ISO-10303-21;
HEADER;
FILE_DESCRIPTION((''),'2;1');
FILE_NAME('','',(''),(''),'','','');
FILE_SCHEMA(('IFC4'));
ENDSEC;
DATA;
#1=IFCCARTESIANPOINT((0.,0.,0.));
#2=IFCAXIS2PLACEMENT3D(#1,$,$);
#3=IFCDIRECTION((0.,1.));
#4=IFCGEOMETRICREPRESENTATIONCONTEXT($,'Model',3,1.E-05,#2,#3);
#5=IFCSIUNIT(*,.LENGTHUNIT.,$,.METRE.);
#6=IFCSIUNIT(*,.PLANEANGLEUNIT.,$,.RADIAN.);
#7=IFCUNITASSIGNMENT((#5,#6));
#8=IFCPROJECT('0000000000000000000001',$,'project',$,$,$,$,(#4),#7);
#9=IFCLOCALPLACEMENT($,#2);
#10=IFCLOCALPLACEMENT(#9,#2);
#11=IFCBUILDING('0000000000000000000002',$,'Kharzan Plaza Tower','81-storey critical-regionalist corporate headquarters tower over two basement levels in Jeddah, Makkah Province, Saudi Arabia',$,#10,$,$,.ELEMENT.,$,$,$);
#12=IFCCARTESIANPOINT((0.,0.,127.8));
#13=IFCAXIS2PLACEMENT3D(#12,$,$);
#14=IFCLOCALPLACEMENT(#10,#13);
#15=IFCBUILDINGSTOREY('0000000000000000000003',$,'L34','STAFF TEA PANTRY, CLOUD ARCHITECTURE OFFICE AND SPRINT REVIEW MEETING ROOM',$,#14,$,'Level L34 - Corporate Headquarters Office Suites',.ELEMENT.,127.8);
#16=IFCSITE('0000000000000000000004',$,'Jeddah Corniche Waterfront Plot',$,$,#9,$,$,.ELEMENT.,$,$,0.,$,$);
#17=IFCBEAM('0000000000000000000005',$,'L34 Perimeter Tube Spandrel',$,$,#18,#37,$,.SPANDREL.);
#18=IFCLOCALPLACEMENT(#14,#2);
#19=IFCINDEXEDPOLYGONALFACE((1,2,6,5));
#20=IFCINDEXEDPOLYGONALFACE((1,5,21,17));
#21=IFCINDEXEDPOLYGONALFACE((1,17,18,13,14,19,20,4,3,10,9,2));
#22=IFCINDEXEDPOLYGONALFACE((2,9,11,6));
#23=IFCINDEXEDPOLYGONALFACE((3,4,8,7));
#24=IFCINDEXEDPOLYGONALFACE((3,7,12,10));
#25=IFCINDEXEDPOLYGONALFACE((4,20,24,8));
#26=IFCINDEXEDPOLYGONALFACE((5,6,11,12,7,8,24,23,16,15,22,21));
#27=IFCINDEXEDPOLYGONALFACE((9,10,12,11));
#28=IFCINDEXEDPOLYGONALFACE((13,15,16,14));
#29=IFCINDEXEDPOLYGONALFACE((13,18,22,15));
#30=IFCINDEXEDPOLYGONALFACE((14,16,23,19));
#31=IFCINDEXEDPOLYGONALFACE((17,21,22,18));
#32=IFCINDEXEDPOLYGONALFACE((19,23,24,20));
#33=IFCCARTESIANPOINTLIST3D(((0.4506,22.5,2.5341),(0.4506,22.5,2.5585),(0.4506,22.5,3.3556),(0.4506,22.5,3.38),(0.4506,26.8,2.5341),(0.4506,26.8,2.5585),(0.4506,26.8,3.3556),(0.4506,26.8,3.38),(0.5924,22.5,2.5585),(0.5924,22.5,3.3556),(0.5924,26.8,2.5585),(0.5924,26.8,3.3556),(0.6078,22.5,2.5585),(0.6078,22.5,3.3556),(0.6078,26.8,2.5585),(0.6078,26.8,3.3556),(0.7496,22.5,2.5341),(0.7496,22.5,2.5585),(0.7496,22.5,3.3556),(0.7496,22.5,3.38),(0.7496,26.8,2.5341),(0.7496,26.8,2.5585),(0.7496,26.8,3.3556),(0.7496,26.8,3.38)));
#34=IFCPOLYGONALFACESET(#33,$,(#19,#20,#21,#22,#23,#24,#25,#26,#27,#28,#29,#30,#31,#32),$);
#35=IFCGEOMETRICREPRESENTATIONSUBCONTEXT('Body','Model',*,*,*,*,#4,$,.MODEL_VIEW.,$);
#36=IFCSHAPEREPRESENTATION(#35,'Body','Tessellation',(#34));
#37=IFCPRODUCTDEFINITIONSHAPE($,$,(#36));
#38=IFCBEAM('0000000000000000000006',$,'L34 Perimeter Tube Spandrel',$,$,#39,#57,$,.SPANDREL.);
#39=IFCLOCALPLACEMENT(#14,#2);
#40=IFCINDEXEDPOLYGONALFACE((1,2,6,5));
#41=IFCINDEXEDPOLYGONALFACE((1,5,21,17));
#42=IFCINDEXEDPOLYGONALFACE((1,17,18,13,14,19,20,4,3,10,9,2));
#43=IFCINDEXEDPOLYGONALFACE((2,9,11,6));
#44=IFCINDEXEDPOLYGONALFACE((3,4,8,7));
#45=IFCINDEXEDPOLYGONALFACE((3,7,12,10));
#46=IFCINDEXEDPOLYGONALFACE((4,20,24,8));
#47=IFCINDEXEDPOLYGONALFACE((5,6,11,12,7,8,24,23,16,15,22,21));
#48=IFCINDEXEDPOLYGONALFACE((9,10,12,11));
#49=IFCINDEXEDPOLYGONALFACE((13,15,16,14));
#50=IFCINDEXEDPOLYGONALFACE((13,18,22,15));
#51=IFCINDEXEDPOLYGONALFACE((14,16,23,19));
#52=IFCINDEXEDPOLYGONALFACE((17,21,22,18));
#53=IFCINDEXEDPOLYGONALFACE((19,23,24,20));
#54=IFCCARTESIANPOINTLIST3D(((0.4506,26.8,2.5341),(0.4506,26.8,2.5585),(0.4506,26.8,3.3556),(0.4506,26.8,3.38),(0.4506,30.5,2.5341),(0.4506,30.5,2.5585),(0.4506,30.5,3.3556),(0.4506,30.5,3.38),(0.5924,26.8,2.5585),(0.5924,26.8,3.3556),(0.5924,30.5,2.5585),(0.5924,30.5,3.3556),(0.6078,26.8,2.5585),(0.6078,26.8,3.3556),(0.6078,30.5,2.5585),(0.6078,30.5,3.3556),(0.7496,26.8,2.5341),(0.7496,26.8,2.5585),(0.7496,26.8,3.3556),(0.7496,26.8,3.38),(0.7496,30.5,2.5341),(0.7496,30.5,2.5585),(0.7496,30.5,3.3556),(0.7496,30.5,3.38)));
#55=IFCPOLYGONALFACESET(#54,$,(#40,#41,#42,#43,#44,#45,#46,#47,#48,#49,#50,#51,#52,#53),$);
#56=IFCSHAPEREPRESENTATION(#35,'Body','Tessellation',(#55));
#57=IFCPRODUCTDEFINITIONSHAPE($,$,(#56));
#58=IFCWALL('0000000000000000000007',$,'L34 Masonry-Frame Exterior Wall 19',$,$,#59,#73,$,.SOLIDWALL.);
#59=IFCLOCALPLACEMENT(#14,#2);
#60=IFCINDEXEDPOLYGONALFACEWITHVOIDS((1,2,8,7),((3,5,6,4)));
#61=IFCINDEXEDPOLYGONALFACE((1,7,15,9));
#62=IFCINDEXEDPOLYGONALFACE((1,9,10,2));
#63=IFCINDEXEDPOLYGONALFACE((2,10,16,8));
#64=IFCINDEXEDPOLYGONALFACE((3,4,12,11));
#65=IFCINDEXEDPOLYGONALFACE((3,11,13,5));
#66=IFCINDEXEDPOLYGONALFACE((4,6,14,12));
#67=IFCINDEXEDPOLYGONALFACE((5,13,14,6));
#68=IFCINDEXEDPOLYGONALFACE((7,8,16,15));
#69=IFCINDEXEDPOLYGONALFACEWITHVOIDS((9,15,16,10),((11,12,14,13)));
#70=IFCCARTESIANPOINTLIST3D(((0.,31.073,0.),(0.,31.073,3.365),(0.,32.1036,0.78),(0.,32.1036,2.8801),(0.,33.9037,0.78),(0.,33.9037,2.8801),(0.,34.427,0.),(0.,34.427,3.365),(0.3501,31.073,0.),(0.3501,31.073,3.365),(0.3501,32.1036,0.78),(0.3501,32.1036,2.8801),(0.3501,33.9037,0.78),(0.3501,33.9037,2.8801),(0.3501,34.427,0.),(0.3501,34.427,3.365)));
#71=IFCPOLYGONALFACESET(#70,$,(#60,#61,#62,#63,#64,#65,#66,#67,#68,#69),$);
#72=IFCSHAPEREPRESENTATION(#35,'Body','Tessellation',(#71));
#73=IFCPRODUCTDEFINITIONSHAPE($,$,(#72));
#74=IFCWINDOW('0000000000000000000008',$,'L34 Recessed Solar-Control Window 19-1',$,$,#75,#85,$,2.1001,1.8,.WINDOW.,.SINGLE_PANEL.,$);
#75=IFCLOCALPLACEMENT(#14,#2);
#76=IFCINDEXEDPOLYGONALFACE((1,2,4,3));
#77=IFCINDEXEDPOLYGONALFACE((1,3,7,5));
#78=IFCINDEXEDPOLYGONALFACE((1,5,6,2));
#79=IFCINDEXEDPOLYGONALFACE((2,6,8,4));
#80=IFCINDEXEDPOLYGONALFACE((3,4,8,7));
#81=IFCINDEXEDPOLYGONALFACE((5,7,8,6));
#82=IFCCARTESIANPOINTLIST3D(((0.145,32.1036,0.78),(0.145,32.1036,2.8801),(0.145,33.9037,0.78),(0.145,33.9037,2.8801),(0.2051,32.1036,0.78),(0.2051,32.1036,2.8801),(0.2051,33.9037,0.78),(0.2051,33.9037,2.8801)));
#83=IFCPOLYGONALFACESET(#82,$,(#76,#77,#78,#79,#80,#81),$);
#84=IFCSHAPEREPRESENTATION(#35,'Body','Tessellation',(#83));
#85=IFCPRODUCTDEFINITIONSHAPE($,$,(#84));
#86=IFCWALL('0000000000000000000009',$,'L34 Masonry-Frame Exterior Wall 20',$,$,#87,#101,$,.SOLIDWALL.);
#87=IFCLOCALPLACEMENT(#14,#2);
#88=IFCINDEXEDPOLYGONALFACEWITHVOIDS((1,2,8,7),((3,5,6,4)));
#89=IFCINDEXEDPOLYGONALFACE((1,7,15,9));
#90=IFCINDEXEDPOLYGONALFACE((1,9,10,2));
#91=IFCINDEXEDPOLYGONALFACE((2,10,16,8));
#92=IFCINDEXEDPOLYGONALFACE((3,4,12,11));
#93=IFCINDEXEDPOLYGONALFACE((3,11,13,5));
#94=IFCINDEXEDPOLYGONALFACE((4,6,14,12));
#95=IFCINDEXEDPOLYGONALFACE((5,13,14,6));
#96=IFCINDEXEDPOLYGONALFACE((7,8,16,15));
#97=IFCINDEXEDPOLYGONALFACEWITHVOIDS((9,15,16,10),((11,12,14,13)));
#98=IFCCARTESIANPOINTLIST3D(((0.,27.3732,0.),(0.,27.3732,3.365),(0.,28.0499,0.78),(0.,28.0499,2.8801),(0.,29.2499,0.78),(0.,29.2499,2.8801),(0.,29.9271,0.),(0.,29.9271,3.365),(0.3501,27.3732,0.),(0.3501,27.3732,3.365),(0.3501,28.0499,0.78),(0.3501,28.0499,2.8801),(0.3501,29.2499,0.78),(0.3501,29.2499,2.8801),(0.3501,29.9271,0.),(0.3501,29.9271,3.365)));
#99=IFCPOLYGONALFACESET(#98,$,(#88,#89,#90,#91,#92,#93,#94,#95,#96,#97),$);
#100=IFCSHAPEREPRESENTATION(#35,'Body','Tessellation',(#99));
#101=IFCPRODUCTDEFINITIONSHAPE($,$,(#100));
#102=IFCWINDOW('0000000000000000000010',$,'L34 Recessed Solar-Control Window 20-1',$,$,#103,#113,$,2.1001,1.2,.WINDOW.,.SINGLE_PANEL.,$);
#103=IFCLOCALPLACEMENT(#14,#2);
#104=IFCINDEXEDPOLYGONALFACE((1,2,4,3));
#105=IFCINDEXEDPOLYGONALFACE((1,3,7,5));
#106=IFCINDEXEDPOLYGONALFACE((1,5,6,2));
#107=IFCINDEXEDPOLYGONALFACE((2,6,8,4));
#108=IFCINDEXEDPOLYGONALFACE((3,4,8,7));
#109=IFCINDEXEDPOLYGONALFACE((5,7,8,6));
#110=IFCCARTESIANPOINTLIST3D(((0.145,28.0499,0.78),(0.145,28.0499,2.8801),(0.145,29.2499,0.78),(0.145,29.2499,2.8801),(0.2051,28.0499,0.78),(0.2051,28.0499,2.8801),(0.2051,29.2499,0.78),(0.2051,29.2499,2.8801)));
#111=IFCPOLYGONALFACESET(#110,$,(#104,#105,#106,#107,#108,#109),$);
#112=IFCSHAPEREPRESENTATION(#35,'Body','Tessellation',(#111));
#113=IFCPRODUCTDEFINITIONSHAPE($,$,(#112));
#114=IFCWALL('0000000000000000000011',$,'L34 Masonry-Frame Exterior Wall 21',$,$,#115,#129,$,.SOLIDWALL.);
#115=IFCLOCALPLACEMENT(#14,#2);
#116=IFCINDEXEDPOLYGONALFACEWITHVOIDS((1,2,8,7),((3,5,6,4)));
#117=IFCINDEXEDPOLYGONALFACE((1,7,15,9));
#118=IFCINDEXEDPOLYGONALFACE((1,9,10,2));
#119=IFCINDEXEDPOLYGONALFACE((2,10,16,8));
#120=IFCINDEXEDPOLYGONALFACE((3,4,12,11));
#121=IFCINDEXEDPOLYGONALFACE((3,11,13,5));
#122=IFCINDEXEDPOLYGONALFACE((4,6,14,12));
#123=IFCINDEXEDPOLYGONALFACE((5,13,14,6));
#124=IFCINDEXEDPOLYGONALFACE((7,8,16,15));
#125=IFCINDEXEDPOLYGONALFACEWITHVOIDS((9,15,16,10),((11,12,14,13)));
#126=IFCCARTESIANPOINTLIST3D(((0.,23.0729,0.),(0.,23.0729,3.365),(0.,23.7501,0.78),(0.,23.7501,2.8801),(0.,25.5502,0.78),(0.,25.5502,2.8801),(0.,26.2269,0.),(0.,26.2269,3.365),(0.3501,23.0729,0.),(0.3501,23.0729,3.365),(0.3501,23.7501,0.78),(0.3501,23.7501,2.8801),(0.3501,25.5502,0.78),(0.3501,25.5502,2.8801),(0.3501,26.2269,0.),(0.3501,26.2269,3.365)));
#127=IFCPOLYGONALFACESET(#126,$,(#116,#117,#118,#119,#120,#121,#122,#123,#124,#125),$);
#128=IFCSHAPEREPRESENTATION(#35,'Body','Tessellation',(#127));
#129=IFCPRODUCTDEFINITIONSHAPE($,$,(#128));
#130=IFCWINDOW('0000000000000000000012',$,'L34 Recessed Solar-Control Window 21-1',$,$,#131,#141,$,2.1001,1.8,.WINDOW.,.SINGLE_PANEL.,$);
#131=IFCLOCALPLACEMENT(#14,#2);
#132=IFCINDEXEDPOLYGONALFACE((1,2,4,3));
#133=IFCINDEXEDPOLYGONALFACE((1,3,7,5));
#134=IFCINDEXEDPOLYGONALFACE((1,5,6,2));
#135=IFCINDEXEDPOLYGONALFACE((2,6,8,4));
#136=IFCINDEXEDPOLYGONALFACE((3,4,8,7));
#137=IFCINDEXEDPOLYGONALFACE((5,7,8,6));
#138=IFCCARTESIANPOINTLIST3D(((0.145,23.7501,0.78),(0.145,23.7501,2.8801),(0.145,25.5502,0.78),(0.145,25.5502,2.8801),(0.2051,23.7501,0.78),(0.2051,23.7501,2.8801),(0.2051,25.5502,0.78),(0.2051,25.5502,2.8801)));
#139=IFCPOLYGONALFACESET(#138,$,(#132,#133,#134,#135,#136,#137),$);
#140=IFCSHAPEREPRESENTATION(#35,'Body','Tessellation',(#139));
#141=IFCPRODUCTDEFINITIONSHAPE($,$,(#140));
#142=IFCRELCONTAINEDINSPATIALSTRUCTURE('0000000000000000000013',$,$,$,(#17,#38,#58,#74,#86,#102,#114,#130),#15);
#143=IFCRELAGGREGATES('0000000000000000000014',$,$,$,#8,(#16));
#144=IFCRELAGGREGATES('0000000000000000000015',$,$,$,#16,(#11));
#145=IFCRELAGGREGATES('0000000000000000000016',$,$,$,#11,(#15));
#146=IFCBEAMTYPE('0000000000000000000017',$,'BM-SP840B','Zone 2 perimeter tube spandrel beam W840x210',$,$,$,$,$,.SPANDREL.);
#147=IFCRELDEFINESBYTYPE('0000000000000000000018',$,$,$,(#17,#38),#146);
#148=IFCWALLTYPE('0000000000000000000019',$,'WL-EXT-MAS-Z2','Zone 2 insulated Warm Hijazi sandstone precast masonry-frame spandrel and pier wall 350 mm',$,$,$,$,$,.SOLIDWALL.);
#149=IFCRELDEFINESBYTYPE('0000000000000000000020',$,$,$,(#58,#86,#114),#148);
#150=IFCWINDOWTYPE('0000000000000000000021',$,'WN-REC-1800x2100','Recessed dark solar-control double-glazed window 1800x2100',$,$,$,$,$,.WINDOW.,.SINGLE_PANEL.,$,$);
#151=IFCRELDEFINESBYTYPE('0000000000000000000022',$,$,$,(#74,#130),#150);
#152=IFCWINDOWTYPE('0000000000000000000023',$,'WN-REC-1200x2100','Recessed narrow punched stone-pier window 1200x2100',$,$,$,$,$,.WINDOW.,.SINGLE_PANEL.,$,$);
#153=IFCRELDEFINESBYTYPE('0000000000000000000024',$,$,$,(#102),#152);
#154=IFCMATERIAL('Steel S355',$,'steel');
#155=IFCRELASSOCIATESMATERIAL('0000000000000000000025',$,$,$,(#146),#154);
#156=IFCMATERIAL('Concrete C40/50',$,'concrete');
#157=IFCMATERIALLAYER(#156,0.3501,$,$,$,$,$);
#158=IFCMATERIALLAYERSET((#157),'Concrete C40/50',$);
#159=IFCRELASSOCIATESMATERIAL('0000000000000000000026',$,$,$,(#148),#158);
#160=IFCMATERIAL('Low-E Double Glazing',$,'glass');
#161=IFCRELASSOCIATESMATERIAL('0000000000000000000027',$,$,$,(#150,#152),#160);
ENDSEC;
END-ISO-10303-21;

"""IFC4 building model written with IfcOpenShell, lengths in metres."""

from ifc_helpers import new_model, si_unit, direction, frame, frame_2d, origin, origin_2d, place, context, subcontext, project, spatial, rectangle, i_section, extrude, source, transform, mapped, material, layer, layer_set, material_profile, profile_set, type_object, element, fill, save


model = new_model("IFC4")

# Units and contexts
model_context = context("Model", 3, precision=1e-05, world=origin(), true_north=direction((0.0, 1.0)))
body_context = subcontext(model_context, "Body", "Model", "MODEL_VIEW")
ifc_project = project(units=[si_unit("LENGTHUNIT", "METRE"), si_unit("PLANEANGLEUNIT", "RADIAN")], contexts=[model_context])

# Site, building, storey
site_placement = place(None, origin())
site = spatial("IfcSite", under=ifc_project, at=site_placement, Name="Jeddah Corniche Waterfront Plot", CompositionType="ELEMENT", RefElevation=0.0)
building_placement = place(site_placement, origin())
building = spatial("IfcBuilding", under=site, at=building_placement, Name="Kharzan Plaza Tower", Description="81-storey critical-regionalist corporate headquarters tower over two basement levels in Jeddah, Makkah Province, Saudi Arabia", CompositionType="ELEMENT")
storey_placement = place(building_placement, frame((0.0, 0.0, 127.8)))
storey = spatial("IfcBuildingStorey", under=building, at=storey_placement, Name="L34", Description="STAFF TEA PANTRY, CLOUD ARCHITECTURE OFFICE AND SPRINT REVIEW MEETING ROOM", LongName="Level L34 - Corporate Headquarters Office Suites", CompositionType="ELEMENT", Elevation=127.8)

# Beams
ifc_material_1 = material(Name="Steel S355", Category="steel")
ifc_material_profile_1 = material_profile(ifc_material_1, i_section(OverallWidth=0.2991, OverallDepth=0.8459, WebThickness=0.0154, FlangeThickness=0.0244, at=origin_2d()), Name="W840x210")
ifc_profile_set_1 = profile_set([ifc_material_profile_1], Name="Steel S355")
beam_type_1 = type_object("IfcBeamType", Name="BM-SP840B", Description="Zone 2 perimeter tube spandrel beam W840x210", PredefinedType="SPANDREL", material=ifc_profile_set_1)
shared_shape_1 = source(origin(), body_context, "Body", "SweptSolid", [
    extrude(i_section(OverallWidth=0.2991, OverallDepth=0.8459, WebThickness=0.0154, FlangeThickness=0.0244, at=origin_2d()), origin(), (0.0, 0.0, 1.0), 4.3),
])
beam_1_placement = place(storey_placement, frame((0.6001, 22.5, 2.957), z_axis=(0.0, 1.0, 0.0), x_axis=(-1.0, 0.0, 0.0)))
element("IfcBeam", 1, at=beam_1_placement, inside=storey, type_object=beam_type_1, Name="L34 Perimeter Tube Spandrel", PredefinedType="SPANDREL", context=body_context, shape_type="MappedRepresentation", body=[
    mapped(shared_shape_1, transform((0.0, 0.0, 0.0), x_axis=(1.0, 0.0, 0.0), y_axis=(0.0, 1.0, 0.0), z_axis=(0.0, 0.0, 1.0))),
])
shared_shape_2 = source(origin(), body_context, "Body", "SweptSolid", [
    extrude(i_section(OverallWidth=0.2991, OverallDepth=0.8459, WebThickness=0.0154, FlangeThickness=0.0244, at=origin_2d()), origin(), (0.0, 0.0, 1.0), 3.7),
])
beam_2_placement = place(storey_placement, frame((0.6001, 26.8, 2.957), z_axis=(0.0, 1.0, 0.0), x_axis=(-1.0, 0.0, 0.0)))
element("IfcBeam", 2, at=beam_2_placement, inside=storey, type_object=beam_type_1, Name="L34 Perimeter Tube Spandrel", PredefinedType="SPANDREL", context=body_context, shape_type="MappedRepresentation", body=[
    mapped(shared_shape_2, transform((0.0, 0.0, 0.0), x_axis=(1.0, 0.0, 0.0), y_axis=(0.0, 1.0, 0.0), z_axis=(0.0, 0.0, 1.0))),
])

# Walls, openings, windows
ifc_material_2 = material(Name="Concrete C40/50", Category="concrete")
ifc_layer_1 = layer(ifc_material_2, 0.3501)
ifc_layer_set_1 = layer_set([ifc_layer_1], Name="Concrete C40/50")
wall_type_1 = type_object("IfcWallType", Name="WL-EXT-MAS-Z2", Description="Zone 2 insulated Warm Hijazi sandstone precast masonry-frame spandrel and pier wall 350 mm", PredefinedType="SOLIDWALL", material=ifc_layer_set_1)
wall_1_placement = place(storey_placement, frame((0.175, 34.427, 0.0), z_axis=(0.0, 0.0, 1.0), x_axis=(0.0, -1.0, 0.0)))
wall_1 = element("IfcWall", 3, at=wall_1_placement, inside=storey, type_object=wall_type_1, Name="L34 Masonry-Frame Exterior Wall 19", PredefinedType="SOLIDWALL", context=body_context, shape_type="SweptSolid", body=[
    extrude(rectangle(XDim=3.354, YDim=0.3501, at=frame_2d((1.677, 0.0))), origin(), (0.0, 0.0, 1.0), 3.365),
])
opening_1_placement = place(wall_1_placement, frame((0.5234, 0.0, 0.78)))
opening_1 = element("IfcOpeningElement", 4, at=opening_1_placement, cuts=wall_1, PredefinedType="OPENING", context=body_context, shape_type="SweptSolid", body=[
    extrude(rectangle(XDim=1.8, YDim=2.1001, at=frame_2d((0.8999, 1.05))), frame((0.0, 0.1851, 0.0), z_axis=(0.0, -1.0, 0.0), x_axis=(1.0, 0.0, 0.0)), (0.0, 0.0, 1.0), 0.3701),
])
ifc_material_3 = material(Name="Low-E Double Glazing", Category="glass")
window_type_1 = type_object("IfcWindowType", Name="WN-REC-1800x2100", Description="Recessed dark solar-control double-glazed window 1800x2100", PartitioningType="SINGLE_PANEL", PredefinedType="WINDOW", material=ifc_material_3)
shared_shape_3 = source(origin(), body_context, "Body", "SweptSolid", [
    extrude(rectangle(XDim=1.8, YDim=2.1001, at=frame_2d((0.8999, 1.05))), frame((0.0, 0.03, 0.0), z_axis=(0.0, -1.0, 0.0), x_axis=(1.0, 0.0, 0.0)), (0.0, 0.0, 1.0), 0.0601),
])
window_1_placement = place(opening_1_placement, origin())
window_1 = element("IfcWindow", 5, at=window_1_placement, inside=storey, type_object=window_type_1, Name="L34 Recessed Solar-Control Window 19-1", OverallHeight=2.1001, OverallWidth=1.8, PartitioningType="SINGLE_PANEL", PredefinedType="WINDOW", context=body_context, shape_type="MappedRepresentation", body=[
    mapped(shared_shape_3, transform((0.0, 0.0, 0.0), x_axis=(1.0, 0.0, 0.0), y_axis=(0.0, 1.0, 0.0), z_axis=(0.0, 0.0, 1.0))),
])
fill(opening_1, window_1)
wall_2_placement = place(storey_placement, frame((0.175, 29.927, 0.0), z_axis=(0.0, 0.0, 1.0), x_axis=(0.0, -1.0, 0.0)))
wall_2 = element("IfcWall", 6, at=wall_2_placement, inside=storey, type_object=wall_type_1, Name="L34 Masonry-Frame Exterior Wall 20", PredefinedType="SOLIDWALL", context=body_context, shape_type="SweptSolid", body=[
    extrude(rectangle(XDim=2.554, YDim=0.3501, at=frame_2d((1.2769, 0.0))), origin(), (0.0, 0.0, 1.0), 3.365),
])
opening_2_placement = place(wall_2_placement, frame((0.677, 0.0, 0.78)))
opening_2 = element("IfcOpeningElement", 7, at=opening_2_placement, cuts=wall_2, PredefinedType="OPENING", context=body_context, shape_type="SweptSolid", body=[
    extrude(rectangle(XDim=1.2, YDim=2.1001, at=frame_2d((0.6001, 1.05))), frame((0.0, 0.1851, 0.0), z_axis=(0.0, -1.0, 0.0), x_axis=(1.0, 0.0, 0.0)), (0.0, 0.0, 1.0), 0.3701),
])
window_type_2 = type_object("IfcWindowType", Name="WN-REC-1200x2100", Description="Recessed narrow punched stone-pier window 1200x2100", PartitioningType="SINGLE_PANEL", PredefinedType="WINDOW", material=ifc_material_3)
shared_shape_4 = source(origin(), body_context, "Body", "SweptSolid", [
    extrude(rectangle(XDim=1.2, YDim=2.1001, at=frame_2d((0.6001, 1.05))), frame((0.0, 0.03, 0.0), z_axis=(0.0, -1.0, 0.0), x_axis=(1.0, 0.0, 0.0)), (0.0, 0.0, 1.0), 0.0601),
])
window_2_placement = place(opening_2_placement, origin())
window_2 = element("IfcWindow", 8, at=window_2_placement, inside=storey, type_object=window_type_2, Name="L34 Recessed Solar-Control Window 20-1", OverallHeight=2.1001, OverallWidth=1.2, PartitioningType="SINGLE_PANEL", PredefinedType="WINDOW", context=body_context, shape_type="MappedRepresentation", body=[
    mapped(shared_shape_4, transform((0.0, 0.0, 0.0), x_axis=(1.0, 0.0, 0.0), y_axis=(0.0, 1.0, 0.0), z_axis=(0.0, 0.0, 1.0))),
])
fill(opening_2, window_2)
wall_3_placement = place(storey_placement, frame((0.175, 26.2271, 0.0), z_axis=(0.0, 0.0, 1.0), x_axis=(0.0, -1.0, 0.0)))
wall_3 = element("IfcWall", 9, at=wall_3_placement, inside=storey, type_object=wall_type_1, Name="L34 Masonry-Frame Exterior Wall 21", PredefinedType="SOLIDWALL", context=body_context, shape_type="SweptSolid", body=[
    extrude(rectangle(XDim=3.1541, YDim=0.3501, at=frame_2d((1.5771, 0.0))), origin(), (0.0, 0.0, 1.0), 3.365),
])
opening_3_placement = place(wall_3_placement, frame((0.677, 0.0, 0.78)))
opening_3 = element("IfcOpeningElement", 10, at=opening_3_placement, cuts=wall_3, PredefinedType="OPENING", context=body_context, shape_type="SweptSolid", body=[
    extrude(rectangle(XDim=1.8, YDim=2.1001, at=frame_2d((0.8999, 1.05))), frame((0.0, 0.1851, 0.0), z_axis=(0.0, -1.0, 0.0), x_axis=(1.0, 0.0, 0.0)), (0.0, 0.0, 1.0), 0.3701),
])
window_3_placement = place(opening_3_placement, origin())
window_3 = element("IfcWindow", 11, at=window_3_placement, inside=storey, type_object=window_type_1, Name="L34 Recessed Solar-Control Window 21-1", OverallHeight=2.1001, OverallWidth=1.8, PartitioningType="SINGLE_PANEL", PredefinedType="WINDOW", context=body_context, shape_type="MappedRepresentation", body=[
    mapped(shared_shape_3, transform((0.0, 0.0, 0.0), x_axis=(1.0, 0.0, 0.0), y_axis=(0.0, 1.0, 0.0), z_axis=(0.0, 0.0, 1.0))),
])
fill(opening_3, window_3)

save(model, "model.ifc")
